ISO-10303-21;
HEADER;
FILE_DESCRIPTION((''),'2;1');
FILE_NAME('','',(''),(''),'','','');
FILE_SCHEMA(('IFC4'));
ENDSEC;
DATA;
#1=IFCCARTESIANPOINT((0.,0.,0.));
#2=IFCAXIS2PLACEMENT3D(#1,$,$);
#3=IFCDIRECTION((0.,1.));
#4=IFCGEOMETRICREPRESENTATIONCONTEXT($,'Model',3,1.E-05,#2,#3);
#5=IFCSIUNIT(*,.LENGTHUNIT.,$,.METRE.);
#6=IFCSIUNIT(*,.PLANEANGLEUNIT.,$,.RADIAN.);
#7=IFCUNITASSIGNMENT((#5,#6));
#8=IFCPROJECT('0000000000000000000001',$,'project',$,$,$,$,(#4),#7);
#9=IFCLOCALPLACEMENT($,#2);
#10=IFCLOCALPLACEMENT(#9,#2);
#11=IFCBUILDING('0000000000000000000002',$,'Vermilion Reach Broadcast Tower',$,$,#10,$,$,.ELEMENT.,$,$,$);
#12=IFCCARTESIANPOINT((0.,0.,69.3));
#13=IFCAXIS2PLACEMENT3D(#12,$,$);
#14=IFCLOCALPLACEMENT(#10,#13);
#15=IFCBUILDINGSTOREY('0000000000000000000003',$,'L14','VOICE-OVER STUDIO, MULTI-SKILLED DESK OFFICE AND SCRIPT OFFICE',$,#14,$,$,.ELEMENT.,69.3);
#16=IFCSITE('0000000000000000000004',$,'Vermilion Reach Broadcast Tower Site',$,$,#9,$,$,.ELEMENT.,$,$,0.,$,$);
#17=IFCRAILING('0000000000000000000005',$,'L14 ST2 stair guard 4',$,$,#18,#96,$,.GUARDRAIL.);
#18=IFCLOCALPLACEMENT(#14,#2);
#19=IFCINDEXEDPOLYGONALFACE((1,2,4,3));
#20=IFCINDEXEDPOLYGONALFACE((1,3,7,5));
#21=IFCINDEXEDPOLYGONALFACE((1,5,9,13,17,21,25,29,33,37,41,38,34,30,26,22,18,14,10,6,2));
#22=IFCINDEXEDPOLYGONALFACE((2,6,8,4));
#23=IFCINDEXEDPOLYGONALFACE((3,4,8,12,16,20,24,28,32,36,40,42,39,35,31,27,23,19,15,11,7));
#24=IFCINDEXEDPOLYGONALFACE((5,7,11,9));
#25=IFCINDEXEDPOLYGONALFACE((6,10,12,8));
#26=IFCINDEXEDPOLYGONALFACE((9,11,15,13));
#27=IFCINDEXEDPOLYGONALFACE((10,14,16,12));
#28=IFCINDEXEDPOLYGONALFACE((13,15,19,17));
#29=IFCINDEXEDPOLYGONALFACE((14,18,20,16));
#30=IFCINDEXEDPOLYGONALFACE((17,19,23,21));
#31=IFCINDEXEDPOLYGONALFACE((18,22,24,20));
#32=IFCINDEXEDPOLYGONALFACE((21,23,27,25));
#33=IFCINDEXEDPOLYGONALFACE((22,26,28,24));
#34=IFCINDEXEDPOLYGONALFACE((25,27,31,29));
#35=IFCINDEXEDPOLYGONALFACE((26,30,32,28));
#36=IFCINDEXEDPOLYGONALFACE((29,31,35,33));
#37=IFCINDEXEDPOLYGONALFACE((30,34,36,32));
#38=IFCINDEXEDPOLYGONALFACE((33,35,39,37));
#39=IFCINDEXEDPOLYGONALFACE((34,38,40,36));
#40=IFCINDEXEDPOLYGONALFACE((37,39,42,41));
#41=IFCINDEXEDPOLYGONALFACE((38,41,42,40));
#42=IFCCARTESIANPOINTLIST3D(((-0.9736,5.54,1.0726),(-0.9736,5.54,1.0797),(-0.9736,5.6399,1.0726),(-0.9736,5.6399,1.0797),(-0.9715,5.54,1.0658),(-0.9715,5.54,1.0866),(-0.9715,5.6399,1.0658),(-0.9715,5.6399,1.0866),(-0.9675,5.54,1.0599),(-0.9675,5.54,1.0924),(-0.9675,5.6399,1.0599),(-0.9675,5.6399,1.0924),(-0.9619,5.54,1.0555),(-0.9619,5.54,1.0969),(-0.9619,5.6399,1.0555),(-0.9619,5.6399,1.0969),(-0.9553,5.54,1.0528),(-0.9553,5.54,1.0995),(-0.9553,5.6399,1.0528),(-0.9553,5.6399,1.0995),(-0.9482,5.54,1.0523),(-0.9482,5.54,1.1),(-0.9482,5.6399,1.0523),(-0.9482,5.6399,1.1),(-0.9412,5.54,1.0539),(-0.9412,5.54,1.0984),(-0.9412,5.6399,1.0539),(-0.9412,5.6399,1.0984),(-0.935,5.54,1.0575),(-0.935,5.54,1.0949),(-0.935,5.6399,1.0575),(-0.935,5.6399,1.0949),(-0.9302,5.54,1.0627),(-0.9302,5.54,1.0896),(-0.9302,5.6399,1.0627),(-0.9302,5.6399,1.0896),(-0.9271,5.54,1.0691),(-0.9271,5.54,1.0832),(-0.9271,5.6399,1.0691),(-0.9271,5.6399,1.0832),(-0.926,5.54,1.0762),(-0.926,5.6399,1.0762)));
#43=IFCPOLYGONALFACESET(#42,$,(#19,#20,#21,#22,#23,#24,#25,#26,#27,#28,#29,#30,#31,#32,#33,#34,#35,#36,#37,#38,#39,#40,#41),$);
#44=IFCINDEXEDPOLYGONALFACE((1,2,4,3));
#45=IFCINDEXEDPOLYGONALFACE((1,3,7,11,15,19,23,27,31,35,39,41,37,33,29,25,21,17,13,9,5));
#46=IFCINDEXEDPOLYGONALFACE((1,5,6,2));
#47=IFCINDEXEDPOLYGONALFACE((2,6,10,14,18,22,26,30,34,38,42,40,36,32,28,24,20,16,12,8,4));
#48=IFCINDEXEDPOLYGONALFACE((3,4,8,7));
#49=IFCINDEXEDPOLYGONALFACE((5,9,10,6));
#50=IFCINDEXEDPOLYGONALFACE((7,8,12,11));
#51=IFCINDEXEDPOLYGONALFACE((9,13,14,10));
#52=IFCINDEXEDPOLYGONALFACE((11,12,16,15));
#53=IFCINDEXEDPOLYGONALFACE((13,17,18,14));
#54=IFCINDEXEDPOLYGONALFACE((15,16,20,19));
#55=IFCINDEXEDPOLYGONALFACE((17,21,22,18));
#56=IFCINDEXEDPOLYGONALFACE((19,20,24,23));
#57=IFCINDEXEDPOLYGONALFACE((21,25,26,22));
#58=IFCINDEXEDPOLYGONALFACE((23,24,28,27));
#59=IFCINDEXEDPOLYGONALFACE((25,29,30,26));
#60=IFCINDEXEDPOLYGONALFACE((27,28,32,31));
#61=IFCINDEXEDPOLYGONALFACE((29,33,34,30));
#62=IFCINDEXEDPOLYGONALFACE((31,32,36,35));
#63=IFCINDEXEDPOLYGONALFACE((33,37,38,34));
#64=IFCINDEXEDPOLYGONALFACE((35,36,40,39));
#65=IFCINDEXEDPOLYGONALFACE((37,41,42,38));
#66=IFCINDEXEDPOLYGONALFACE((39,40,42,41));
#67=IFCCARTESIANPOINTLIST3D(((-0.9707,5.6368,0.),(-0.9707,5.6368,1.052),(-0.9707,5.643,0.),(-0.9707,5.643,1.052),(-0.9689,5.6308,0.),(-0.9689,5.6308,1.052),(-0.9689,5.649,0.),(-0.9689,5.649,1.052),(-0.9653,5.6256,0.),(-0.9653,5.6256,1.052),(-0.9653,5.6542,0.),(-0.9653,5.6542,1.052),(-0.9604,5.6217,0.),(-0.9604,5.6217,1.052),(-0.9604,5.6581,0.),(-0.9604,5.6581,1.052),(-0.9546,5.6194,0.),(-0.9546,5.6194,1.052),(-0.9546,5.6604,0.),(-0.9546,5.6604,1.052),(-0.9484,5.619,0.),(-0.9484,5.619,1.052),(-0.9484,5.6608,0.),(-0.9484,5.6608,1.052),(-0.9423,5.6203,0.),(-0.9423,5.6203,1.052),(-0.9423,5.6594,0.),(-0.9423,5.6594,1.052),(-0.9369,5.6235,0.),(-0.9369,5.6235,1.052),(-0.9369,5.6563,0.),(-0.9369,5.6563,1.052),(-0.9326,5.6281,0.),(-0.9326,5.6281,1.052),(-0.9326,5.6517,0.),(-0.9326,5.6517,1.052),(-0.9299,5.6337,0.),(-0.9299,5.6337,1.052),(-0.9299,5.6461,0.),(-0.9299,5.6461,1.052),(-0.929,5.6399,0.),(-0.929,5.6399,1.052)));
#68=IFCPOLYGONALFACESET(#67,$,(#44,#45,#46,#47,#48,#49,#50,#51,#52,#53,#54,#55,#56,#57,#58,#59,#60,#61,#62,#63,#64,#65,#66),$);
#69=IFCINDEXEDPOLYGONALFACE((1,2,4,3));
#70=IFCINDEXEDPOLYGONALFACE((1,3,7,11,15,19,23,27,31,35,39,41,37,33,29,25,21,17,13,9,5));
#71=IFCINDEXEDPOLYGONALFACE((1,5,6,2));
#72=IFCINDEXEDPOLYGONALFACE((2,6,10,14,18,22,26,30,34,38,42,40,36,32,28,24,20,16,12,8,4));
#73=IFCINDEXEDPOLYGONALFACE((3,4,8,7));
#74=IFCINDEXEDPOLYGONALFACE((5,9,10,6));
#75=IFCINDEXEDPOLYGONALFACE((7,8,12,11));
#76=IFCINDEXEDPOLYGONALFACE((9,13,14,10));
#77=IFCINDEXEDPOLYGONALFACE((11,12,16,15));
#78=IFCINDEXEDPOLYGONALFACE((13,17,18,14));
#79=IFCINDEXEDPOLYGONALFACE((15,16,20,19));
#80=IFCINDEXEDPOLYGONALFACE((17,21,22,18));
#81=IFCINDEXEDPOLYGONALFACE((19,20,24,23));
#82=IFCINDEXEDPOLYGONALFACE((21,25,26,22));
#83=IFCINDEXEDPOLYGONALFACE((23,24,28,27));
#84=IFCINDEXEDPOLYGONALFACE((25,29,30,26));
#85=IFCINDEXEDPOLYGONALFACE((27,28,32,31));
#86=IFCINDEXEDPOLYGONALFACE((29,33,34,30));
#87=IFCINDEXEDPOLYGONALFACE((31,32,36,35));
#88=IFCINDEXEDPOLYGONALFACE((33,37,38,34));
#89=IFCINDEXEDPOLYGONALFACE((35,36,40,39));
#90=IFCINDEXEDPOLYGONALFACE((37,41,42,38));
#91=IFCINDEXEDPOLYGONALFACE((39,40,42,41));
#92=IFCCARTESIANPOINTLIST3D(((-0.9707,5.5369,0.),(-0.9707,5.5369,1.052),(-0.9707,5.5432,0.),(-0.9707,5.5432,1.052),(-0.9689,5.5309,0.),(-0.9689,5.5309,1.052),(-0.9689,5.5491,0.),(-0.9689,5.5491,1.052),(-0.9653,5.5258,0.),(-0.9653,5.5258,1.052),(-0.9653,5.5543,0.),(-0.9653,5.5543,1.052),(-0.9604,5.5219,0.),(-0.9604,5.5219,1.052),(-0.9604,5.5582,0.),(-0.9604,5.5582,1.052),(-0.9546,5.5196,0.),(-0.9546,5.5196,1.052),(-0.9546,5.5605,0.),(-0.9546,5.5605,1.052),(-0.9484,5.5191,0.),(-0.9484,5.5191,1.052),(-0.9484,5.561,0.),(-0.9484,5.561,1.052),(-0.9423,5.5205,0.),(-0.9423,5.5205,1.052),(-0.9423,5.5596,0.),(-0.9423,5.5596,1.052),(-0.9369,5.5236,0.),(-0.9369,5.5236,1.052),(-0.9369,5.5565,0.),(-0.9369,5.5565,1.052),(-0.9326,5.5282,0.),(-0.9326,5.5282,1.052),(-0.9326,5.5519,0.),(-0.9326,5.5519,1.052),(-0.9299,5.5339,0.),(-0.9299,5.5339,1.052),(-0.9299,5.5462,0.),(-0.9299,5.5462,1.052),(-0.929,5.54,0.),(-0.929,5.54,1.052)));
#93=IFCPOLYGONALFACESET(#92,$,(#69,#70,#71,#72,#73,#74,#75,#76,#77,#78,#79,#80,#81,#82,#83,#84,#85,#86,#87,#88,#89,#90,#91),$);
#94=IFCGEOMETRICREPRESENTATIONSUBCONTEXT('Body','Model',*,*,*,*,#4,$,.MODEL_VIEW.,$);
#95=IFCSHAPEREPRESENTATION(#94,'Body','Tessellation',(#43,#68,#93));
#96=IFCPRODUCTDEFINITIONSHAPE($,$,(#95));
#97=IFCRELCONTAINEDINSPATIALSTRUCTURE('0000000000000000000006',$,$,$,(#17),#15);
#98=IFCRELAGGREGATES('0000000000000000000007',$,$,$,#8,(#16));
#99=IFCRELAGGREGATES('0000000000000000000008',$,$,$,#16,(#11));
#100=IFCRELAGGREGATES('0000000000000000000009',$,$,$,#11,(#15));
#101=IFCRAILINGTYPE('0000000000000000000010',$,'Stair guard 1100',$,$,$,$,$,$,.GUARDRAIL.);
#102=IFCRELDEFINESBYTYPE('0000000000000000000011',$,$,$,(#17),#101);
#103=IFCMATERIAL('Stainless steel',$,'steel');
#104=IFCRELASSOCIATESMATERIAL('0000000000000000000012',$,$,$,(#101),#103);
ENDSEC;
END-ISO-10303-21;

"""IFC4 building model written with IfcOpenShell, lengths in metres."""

from ifc_helpers import new_model, si_unit, direction, frame, origin, origin_2d, place, context, subcontext, project, spatial, circle, extrude, material, type_object, element, save


model = new_model("IFC4")

# Units and contexts
model_context = context("Model", 3, precision=1e-05, world=origin(), true_north=direction((0.0, 1.0)))
body_context = subcontext(model_context, "Body", "Model", "MODEL_VIEW")
ifc_project = project(units=[si_unit("LENGTHUNIT", "METRE"), si_unit("PLANEANGLEUNIT", "RADIAN")], contexts=[model_context])

# Site, building, storey
site_placement = place(None, origin())
site = spatial("IfcSite", under=ifc_project, at=site_placement, Name="Vermilion Reach Broadcast Tower Site", CompositionType="ELEMENT", RefElevation=0.0)
building_placement = place(site_placement, origin())
building = spatial("IfcBuilding", under=site, at=building_placement, Name="Vermilion Reach Broadcast Tower", CompositionType="ELEMENT")
storey_placement = place(building_placement, frame((0.0, 0.0, 69.3)))
storey = spatial("IfcBuildingStorey", under=building, at=storey_placement, Name="L14", Description="VOICE-OVER STUDIO, MULTI-SKILLED DESK OFFICE AND SCRIPT OFFICE", CompositionType="ELEMENT", Elevation=69.3)

# Railing
ifc_material_1 = material(Name="Stainless steel", Category="steel")
railing_type_1 = type_object("IfcRailingType", Name="Stair guard 1100", PredefinedType="GUARDRAIL", material=ifc_material_1)
railing_1_placement = place(storey_placement, frame((-0.95, 5.6399, 0.0)))
element("IfcRailing", 1, at=railing_1_placement, inside=storey, type_object=railing_type_1, Name="L14 ST2 stair guard 4", PredefinedType="GUARDRAIL", context=body_context, shape_type="SweptSolid", body=[
    extrude(circle(Radius=0.0239, at=origin_2d()), frame((0.0, 0.0, 1.0762), z_axis=(0.0, -1.0, 0.0), x_axis=(1.0, 0.0, 0.0)), (0.0, 0.0, 1.0), 0.0999),
    extrude(circle(Radius=0.021, at=origin_2d()), origin(), (0.0, 0.0, 1.0), 1.052),
    extrude(circle(Radius=0.021, at=origin_2d()), frame((0.0, -0.0999, 0.0)), (0.0, 0.0, 1.0), 1.052),
])

save(model, "model.ifc")
